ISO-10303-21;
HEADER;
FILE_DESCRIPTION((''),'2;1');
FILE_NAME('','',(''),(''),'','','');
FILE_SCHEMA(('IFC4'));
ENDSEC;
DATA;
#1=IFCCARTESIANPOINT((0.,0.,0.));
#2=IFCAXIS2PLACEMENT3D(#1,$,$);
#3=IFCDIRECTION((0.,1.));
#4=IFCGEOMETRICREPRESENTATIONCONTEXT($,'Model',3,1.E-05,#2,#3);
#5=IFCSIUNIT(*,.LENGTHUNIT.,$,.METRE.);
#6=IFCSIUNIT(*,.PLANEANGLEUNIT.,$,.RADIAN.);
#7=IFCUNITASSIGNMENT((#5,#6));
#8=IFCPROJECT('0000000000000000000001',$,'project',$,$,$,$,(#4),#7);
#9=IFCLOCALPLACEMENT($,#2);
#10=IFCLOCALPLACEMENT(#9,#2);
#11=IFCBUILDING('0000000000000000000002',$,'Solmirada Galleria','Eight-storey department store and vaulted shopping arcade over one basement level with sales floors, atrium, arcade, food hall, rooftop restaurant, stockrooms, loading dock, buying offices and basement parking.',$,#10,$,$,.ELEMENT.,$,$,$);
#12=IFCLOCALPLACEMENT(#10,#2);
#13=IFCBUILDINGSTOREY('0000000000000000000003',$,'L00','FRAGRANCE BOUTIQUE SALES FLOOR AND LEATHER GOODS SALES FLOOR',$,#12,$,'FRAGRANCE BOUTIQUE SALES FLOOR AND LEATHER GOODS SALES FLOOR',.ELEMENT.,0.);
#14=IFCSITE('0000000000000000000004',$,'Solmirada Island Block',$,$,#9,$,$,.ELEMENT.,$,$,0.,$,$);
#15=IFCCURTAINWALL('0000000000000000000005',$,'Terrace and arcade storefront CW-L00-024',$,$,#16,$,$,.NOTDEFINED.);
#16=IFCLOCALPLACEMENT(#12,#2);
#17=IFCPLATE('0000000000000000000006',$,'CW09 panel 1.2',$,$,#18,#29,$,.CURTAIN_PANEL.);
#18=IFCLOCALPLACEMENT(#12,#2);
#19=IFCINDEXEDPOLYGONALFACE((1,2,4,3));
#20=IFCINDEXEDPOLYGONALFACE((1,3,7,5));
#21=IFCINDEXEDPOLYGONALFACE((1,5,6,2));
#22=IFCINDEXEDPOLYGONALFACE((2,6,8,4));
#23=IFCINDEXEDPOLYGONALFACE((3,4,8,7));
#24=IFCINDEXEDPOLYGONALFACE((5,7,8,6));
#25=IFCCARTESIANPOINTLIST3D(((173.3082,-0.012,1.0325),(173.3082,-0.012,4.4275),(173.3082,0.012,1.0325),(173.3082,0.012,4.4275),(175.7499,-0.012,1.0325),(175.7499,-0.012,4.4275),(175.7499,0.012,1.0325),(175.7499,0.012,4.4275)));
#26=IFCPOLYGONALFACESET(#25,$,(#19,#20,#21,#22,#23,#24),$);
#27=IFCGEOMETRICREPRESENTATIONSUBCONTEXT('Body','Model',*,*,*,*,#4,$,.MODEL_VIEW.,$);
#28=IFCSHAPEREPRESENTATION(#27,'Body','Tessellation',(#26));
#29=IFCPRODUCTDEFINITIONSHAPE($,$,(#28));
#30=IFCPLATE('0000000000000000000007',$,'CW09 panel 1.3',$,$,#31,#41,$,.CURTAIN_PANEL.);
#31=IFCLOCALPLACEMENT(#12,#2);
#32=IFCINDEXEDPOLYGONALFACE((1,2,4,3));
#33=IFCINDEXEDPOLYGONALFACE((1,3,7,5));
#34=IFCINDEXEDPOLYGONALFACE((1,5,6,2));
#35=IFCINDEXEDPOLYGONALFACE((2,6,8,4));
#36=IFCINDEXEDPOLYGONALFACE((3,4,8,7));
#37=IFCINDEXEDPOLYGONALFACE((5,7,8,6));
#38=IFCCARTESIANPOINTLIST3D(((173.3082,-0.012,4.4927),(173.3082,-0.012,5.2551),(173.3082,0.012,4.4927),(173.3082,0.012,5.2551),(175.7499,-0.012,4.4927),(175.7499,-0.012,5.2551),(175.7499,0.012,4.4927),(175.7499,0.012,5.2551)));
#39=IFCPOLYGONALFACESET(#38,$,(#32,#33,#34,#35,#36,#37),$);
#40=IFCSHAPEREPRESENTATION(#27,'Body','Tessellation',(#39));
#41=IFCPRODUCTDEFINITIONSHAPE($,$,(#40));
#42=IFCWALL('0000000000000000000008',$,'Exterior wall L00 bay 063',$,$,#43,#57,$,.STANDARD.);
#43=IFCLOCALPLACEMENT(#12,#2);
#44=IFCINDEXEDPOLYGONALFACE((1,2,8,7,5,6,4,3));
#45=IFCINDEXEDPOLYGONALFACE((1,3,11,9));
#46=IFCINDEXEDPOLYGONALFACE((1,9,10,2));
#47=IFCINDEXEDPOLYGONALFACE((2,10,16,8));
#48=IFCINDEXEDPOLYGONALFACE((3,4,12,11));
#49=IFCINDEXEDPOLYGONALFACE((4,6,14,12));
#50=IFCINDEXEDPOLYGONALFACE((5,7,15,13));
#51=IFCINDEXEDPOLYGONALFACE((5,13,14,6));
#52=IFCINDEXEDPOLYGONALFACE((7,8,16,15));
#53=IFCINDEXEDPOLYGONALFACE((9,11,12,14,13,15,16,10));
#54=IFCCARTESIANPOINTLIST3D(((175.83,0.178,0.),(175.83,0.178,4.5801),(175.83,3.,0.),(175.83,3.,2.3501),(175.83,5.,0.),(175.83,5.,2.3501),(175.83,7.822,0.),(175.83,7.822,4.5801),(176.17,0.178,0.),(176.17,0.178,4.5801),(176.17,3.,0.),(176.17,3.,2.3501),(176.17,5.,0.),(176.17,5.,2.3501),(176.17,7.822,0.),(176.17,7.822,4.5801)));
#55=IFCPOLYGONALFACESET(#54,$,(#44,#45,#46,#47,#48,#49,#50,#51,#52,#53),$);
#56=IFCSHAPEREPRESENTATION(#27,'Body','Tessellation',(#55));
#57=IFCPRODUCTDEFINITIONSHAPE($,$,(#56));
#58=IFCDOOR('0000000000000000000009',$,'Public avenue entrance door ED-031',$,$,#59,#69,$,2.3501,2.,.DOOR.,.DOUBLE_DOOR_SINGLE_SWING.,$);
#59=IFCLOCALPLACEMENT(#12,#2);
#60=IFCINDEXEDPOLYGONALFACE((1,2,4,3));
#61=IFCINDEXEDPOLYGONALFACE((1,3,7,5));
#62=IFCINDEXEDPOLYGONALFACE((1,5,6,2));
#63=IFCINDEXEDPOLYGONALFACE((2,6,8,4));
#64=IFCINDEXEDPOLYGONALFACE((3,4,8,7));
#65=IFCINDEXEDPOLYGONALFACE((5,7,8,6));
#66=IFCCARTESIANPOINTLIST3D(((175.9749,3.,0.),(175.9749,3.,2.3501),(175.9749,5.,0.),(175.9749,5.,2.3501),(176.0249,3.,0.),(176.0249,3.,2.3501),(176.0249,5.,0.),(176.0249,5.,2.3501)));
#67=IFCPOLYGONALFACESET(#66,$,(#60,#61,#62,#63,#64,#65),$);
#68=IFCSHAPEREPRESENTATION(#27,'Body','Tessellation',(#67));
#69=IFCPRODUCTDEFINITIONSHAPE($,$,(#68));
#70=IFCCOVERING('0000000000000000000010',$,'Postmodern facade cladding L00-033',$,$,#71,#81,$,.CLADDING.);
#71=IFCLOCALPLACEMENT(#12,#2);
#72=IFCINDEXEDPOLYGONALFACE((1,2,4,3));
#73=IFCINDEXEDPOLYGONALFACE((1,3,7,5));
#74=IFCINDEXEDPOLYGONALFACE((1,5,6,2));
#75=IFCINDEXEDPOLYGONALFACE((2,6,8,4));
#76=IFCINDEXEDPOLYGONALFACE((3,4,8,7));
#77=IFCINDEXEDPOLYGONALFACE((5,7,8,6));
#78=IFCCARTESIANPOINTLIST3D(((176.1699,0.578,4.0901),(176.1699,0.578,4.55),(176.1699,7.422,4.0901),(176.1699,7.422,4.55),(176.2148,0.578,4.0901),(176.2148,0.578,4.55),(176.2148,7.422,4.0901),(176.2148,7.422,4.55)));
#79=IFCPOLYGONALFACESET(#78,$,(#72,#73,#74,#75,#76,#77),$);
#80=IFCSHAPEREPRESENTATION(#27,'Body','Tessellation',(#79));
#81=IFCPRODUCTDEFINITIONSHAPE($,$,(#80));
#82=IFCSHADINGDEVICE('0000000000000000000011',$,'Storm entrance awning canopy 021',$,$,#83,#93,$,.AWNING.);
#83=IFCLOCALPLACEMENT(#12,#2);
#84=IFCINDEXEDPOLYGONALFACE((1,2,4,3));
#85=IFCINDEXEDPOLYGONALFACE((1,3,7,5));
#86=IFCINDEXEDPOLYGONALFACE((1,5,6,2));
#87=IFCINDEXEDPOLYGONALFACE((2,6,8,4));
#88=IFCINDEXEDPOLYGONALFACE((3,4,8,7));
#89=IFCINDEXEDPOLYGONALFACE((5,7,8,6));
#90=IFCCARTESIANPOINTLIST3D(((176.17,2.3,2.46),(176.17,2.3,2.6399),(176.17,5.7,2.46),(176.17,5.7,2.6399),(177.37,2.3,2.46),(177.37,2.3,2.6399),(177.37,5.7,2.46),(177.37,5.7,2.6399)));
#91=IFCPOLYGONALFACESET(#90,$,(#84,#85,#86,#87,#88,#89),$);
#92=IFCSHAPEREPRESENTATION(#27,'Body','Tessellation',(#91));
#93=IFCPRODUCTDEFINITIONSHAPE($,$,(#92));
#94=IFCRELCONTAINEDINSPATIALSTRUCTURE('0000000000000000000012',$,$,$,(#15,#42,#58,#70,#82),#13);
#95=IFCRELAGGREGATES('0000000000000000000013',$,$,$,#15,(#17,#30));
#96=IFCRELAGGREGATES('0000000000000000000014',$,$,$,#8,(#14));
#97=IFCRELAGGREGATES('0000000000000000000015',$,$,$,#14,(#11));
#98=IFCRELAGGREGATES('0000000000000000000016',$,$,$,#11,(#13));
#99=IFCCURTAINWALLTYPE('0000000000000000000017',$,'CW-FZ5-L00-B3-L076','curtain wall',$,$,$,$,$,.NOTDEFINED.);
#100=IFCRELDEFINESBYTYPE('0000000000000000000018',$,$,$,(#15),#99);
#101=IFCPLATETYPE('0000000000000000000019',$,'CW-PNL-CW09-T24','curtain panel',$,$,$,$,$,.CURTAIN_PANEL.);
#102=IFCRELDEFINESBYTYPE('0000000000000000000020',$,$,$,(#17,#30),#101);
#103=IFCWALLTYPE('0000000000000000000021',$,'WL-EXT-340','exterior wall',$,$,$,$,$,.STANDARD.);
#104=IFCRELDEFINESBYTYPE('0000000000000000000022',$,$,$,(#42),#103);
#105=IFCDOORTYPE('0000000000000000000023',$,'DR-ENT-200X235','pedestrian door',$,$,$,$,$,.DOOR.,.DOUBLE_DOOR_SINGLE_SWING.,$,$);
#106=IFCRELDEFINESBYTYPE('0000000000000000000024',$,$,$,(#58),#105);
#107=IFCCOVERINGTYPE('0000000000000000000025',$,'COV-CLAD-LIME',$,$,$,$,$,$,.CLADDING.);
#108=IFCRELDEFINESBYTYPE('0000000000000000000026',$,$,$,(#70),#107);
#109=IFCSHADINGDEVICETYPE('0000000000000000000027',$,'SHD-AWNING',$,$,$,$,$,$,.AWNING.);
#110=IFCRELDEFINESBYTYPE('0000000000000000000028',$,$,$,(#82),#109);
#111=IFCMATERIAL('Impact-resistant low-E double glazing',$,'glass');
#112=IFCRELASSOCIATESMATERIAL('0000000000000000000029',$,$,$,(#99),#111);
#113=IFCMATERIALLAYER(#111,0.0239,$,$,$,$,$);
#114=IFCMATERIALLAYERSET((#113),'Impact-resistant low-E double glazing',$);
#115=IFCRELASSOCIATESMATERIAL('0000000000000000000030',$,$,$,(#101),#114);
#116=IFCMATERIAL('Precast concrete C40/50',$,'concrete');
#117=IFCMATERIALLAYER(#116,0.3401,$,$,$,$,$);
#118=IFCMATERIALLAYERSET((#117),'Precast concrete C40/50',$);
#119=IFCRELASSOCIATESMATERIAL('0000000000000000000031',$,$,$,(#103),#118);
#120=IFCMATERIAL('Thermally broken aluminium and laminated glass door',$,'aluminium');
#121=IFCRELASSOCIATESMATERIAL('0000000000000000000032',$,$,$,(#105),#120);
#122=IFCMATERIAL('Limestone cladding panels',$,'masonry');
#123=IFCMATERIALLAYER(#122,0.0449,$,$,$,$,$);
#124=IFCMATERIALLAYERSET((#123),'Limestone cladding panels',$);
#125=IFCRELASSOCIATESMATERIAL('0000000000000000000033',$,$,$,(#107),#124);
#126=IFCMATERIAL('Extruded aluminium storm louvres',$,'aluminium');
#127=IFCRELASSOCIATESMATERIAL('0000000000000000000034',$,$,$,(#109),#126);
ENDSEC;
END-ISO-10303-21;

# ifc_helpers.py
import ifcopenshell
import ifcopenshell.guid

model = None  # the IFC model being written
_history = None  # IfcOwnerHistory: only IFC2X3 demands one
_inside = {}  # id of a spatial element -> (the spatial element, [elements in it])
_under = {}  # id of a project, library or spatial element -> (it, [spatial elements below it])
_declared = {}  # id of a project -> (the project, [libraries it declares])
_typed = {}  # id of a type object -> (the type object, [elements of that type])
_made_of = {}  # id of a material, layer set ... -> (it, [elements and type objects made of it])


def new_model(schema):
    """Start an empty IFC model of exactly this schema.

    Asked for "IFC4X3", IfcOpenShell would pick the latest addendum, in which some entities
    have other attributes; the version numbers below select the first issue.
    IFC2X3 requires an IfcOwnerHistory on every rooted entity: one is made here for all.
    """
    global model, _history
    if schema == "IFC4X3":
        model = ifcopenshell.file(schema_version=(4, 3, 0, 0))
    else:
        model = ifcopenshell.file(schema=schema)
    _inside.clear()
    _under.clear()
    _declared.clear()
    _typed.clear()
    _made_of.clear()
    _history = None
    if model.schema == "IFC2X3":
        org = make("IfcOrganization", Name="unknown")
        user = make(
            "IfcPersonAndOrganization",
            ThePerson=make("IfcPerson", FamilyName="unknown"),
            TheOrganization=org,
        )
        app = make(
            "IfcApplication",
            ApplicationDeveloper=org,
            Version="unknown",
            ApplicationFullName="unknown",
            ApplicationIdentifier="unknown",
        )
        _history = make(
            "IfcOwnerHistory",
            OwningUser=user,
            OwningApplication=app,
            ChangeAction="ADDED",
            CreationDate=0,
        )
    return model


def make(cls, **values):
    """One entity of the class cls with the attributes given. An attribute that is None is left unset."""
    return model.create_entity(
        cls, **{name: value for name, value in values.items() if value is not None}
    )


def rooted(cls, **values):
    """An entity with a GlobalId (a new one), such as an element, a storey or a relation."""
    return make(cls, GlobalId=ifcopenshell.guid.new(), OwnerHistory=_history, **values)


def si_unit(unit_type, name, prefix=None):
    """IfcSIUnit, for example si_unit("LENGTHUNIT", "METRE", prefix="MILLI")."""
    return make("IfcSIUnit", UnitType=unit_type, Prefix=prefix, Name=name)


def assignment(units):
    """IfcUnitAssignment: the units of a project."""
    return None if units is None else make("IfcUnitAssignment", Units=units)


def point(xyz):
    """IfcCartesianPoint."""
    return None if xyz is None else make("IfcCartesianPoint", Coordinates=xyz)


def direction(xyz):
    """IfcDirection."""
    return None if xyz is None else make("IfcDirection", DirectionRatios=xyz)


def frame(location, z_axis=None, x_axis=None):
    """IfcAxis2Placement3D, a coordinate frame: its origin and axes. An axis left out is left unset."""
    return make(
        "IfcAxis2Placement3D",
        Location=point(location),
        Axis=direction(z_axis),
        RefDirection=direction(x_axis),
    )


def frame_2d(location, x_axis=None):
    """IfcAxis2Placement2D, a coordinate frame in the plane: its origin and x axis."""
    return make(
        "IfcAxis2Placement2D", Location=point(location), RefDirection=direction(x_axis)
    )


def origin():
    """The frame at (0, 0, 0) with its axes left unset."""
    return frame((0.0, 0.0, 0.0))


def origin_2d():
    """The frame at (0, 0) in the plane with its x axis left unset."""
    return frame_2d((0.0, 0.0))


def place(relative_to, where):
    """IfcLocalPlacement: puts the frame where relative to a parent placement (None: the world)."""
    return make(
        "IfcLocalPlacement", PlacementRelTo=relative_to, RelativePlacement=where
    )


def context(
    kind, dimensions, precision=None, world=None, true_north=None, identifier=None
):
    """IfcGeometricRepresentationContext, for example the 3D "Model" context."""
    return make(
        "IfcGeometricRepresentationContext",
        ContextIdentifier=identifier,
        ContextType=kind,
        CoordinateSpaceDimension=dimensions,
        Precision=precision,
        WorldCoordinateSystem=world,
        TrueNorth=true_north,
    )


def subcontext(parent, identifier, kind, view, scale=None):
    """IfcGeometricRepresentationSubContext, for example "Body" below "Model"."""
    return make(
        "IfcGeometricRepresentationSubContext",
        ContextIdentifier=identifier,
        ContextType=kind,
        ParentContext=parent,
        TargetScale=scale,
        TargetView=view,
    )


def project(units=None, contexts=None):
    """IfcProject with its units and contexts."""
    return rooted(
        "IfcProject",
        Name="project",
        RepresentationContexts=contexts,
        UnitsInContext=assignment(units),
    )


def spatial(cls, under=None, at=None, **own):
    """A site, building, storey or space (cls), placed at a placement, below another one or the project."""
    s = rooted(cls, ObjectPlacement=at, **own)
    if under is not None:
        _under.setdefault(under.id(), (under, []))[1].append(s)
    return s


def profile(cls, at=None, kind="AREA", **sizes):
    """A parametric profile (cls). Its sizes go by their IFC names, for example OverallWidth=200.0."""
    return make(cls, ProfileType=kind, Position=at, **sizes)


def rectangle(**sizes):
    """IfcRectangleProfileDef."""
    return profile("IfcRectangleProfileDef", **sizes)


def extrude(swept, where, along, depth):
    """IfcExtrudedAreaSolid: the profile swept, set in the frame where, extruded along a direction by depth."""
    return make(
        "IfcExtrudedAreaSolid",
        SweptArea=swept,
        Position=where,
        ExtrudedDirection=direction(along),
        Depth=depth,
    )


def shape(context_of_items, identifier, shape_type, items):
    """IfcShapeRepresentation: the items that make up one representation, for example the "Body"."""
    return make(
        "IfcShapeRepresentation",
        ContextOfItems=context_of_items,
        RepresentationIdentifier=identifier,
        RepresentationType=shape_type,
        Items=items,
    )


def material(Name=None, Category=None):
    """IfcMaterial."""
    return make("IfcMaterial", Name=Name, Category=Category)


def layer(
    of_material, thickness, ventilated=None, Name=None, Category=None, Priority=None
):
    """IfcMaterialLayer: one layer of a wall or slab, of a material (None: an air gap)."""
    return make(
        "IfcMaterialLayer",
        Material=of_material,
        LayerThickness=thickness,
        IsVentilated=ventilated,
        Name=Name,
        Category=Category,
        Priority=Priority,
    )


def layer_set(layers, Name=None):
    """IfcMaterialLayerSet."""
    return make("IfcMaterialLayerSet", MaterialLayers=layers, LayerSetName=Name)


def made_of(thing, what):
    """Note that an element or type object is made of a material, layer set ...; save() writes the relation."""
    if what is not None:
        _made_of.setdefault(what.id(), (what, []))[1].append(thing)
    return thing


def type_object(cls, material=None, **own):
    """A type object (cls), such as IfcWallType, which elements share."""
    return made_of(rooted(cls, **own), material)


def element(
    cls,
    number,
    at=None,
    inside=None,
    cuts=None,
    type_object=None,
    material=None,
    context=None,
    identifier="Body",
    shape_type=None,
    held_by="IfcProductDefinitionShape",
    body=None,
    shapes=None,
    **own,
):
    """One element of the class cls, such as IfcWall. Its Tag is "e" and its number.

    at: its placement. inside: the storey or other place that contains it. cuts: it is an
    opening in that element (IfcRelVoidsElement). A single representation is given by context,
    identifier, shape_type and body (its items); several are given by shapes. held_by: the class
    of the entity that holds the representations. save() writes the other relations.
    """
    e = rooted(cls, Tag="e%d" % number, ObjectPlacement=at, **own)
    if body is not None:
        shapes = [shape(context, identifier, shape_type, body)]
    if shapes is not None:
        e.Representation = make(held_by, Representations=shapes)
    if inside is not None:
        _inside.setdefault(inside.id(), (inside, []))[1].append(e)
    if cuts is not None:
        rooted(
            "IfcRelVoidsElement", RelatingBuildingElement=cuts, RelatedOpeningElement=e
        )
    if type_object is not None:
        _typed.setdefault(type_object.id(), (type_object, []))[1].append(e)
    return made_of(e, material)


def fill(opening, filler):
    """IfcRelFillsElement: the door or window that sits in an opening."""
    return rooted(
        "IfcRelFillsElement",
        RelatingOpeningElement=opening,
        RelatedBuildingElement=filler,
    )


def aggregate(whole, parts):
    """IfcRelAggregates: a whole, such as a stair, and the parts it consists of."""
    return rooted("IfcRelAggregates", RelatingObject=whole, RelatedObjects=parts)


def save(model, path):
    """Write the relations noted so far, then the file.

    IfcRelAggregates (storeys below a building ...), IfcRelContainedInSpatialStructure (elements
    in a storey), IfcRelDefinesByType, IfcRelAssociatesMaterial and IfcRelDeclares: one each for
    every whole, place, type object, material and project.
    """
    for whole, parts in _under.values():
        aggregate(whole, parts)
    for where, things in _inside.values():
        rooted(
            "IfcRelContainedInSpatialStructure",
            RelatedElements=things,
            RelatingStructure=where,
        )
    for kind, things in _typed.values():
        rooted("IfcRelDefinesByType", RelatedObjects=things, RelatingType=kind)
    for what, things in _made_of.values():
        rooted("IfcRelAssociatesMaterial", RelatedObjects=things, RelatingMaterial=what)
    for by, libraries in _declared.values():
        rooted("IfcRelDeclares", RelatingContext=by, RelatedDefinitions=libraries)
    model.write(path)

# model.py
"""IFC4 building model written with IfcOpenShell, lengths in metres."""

from ifc_helpers import new_model, si_unit, direction, frame, frame_2d, origin, origin_2d, place, context, subcontext, project, spatial, rectangle, extrude, material, layer, layer_set, type_object, element, fill, aggregate, save


model = new_model("IFC4")

# Units and contexts
model_context = context("Model", 3, precision=1e-05, world=origin(), true_north=direction((0.0, 1.0)))
body_context = subcontext(model_context, "Body", "Model", "MODEL_VIEW")
ifc_project = project(units=[si_unit("LENGTHUNIT", "METRE"), si_unit("PLANEANGLEUNIT", "RADIAN")], contexts=[model_context])

# Site, building, storey
site_placement = place(None, origin())
site = spatial("IfcSite", under=ifc_project, at=site_placement, Name="Solmirada Island Block", CompositionType="ELEMENT", RefElevation=0.0)
building_placement = place(site_placement, origin())
building = spatial("IfcBuilding", under=site, at=building_placement, Name="Solmirada Galleria", Description="Eight-storey department store and vaulted shopping arcade over one basement level with sales floors, atrium, arcade, food hall, rooftop restaurant, stockrooms, loading dock, buying offices and basement parking.", CompositionType="ELEMENT")
storey_placement = place(building_placement, origin())
storey = spatial("IfcBuildingStorey", under=building, at=storey_placement, Name="L00", Description="FRAGRANCE BOUTIQUE SALES FLOOR AND LEATHER GOODS SALES FLOOR", LongName="FRAGRANCE BOUTIQUE SALES FLOOR AND LEATHER GOODS SALES FLOOR", CompositionType="ELEMENT", Elevation=0.0)

# Curtain wall
ifc_material_1 = material(Name="Impact-resistant low-E double glazing", Category="glass")
curtain_wall_type = type_object("IfcCurtainWallType", Name="CW-FZ5-L00-B3-L076", Description="curtain wall", PredefinedType="NOTDEFINED", material=ifc_material_1)
curtain_wall_1_placement = place(storey_placement, origin())
curtain_wall_1 = element("IfcCurtainWall", 1, at=curtain_wall_1_placement, inside=storey, type_object=curtain_wall_type, Name="Terrace and arcade storefront CW-L00-024", PredefinedType="NOTDEFINED")

# Plates
ifc_layer_1 = layer(ifc_material_1, 0.0239)
ifc_layer_set_1 = layer_set([ifc_layer_1], Name="Impact-resistant low-E double glazing")
plate_type = type_object("IfcPlateType", Name="CW-PNL-CW09-T24", Description="curtain panel", PredefinedType="CURTAIN_PANEL", material=ifc_layer_set_1)
plate_1_placement = place(storey_placement, frame((174.5291, 0.0, 1.0325), z_axis=(0.0, 0.0, 1.0), x_axis=(-1.0, 0.0, 0.0)))
plate_1 = element("IfcPlate", 2, at=plate_1_placement, type_object=plate_type, Name="CW09 panel 1.2", PredefinedType="CURTAIN_PANEL", context=body_context, shape_type="SweptSolid", body=[
    extrude(rectangle(XDim=2.4417, YDim=0.0239, at=origin_2d()), origin(), (0.0, 0.0, 1.0), 3.395),
])
plate_2_placement = place(storey_placement, frame((174.5291, 0.0, 4.4927), z_axis=(0.0, 0.0, 1.0), x_axis=(-1.0, 0.0, 0.0)))
plate_2 = element("IfcPlate", 3, at=plate_2_placement, type_object=plate_type, Name="CW09 panel 1.3", PredefinedType="CURTAIN_PANEL", context=body_context, shape_type="SweptSolid", body=[
    extrude(rectangle(XDim=2.4417, YDim=0.0239, at=origin_2d()), origin(), (0.0, 0.0, 1.0), 0.7625),
])
aggregate(curtain_wall_1, [plate_1, plate_2])

# Wall, opening, door
ifc_material_2 = material(Name="Precast concrete C40/50", Category="concrete")
ifc_layer_2 = layer(ifc_material_2, 0.3401)
ifc_layer_set_2 = layer_set([ifc_layer_2], Name="Precast concrete C40/50")
wall_type = type_object("IfcWallType", Name="WL-EXT-340", Description="exterior wall", PredefinedType="STANDARD", material=ifc_layer_set_2)
wall_placement = place(storey_placement, frame((176.0, 7.822, 0.0), z_axis=(0.0, 0.0, 1.0), x_axis=(0.0, -1.0, 0.0)))
wall = element("IfcWall", 4, at=wall_placement, inside=storey, type_object=wall_type, Name="Exterior wall L00 bay 063", PredefinedType="STANDARD", context=body_context, shape_type="SweptSolid", body=[
    extrude(rectangle(XDim=7.644, YDim=0.3401, at=frame_2d((3.822, 0.0))), origin(), (0.0, 0.0, 1.0), 4.5801),
])
opening_placement = place(wall_placement, frame((2.822, 0.0, 0.0)))
opening = element("IfcOpeningElement", 5, at=opening_placement, cuts=wall, PredefinedType="OPENING", context=body_context, shape_type="SweptSolid", body=[
    extrude(rectangle(XDim=2.0, YDim=2.3501, at=frame_2d((1.0, 1.175))), frame((0.0, 0.1799, 0.0), z_axis=(0.0, -1.0, 0.0), x_axis=(1.0, 0.0, 0.0)), (0.0, 0.0, 1.0), 0.3601),
])
ifc_material_3 = material(Name="Thermally broken aluminium and laminated glass door", Category="aluminium")
door_type = type_object("IfcDoorType", Name="DR-ENT-200X235", Description="pedestrian door", OperationType="DOUBLE_DOOR_SINGLE_SWING", PredefinedType="DOOR", material=ifc_material_3)
door_placement = place(opening_placement, origin())
door = element("IfcDoor", 6, at=door_placement, inside=storey, type_object=door_type, Name="Public avenue entrance door ED-031", OperationType="DOUBLE_DOOR_SINGLE_SWING", OverallHeight=2.3501, OverallWidth=2.0, PredefinedType="DOOR", context=body_context, shape_type="SweptSolid", body=[
    extrude(rectangle(XDim=2.0, YDim=2.3501, at=frame_2d((1.0, 1.175))), frame((0.0, 0.0249, 0.0), z_axis=(0.0, -1.0, 0.0), x_axis=(1.0, 0.0, 0.0)), (0.0, 0.0, 1.0), 0.05),
])
fill(opening, door)

# Covering
ifc_material_4 = material(Name="Limestone cladding panels", Category="masonry")
ifc_layer_3 = layer(ifc_material_4, 0.0449)
ifc_layer_set_3 = layer_set([ifc_layer_3], Name="Limestone cladding panels")
covering_type = type_object("IfcCoveringType", Name="COV-CLAD-LIME", PredefinedType="CLADDING", material=ifc_layer_set_3)
covering_placement = place(storey_placement, frame((176.1924, 4.0, 4.0901), z_axis=(0.0, 0.0, 1.0), x_axis=(0.0, -1.0, 0.0)))
element("IfcCovering", 7, at=covering_placement, inside=storey, type_object=covering_type, Name="Postmodern facade cladding L00-033", PredefinedType="CLADDING", context=body_context, shape_type="SweptSolid", body=[
    extrude(rectangle(XDim=6.844, YDim=0.0449, at=origin_2d()), origin(), (0.0, 0.0, 1.0), 0.46),
])

# Shading device
ifc_material_5 = material(Name="Extruded aluminium storm louvres", Category="aluminium")
shading_device_type = type_object("IfcShadingDeviceType", Name="SHD-AWNING", PredefinedType="AWNING", material=ifc_material_5)
shading_device_placement = place(storey_placement, frame((176.77, 4.0, 2.46), z_axis=(0.0, 0.0, 1.0), x_axis=(0.0, -1.0, 0.0)))
element("IfcShadingDevice", 8, at=shading_device_placement, inside=storey, type_object=shading_device_type, Name="Storm entrance awning canopy 021", PredefinedType="AWNING", context=body_context, shape_type="SweptSolid", body=[
    extrude(rectangle(XDim=3.3999, YDim=1.2, at=origin_2d()), origin(), (0.0, 0.0, 1.0), 0.1799),
])

save(model, "model.ifc")
